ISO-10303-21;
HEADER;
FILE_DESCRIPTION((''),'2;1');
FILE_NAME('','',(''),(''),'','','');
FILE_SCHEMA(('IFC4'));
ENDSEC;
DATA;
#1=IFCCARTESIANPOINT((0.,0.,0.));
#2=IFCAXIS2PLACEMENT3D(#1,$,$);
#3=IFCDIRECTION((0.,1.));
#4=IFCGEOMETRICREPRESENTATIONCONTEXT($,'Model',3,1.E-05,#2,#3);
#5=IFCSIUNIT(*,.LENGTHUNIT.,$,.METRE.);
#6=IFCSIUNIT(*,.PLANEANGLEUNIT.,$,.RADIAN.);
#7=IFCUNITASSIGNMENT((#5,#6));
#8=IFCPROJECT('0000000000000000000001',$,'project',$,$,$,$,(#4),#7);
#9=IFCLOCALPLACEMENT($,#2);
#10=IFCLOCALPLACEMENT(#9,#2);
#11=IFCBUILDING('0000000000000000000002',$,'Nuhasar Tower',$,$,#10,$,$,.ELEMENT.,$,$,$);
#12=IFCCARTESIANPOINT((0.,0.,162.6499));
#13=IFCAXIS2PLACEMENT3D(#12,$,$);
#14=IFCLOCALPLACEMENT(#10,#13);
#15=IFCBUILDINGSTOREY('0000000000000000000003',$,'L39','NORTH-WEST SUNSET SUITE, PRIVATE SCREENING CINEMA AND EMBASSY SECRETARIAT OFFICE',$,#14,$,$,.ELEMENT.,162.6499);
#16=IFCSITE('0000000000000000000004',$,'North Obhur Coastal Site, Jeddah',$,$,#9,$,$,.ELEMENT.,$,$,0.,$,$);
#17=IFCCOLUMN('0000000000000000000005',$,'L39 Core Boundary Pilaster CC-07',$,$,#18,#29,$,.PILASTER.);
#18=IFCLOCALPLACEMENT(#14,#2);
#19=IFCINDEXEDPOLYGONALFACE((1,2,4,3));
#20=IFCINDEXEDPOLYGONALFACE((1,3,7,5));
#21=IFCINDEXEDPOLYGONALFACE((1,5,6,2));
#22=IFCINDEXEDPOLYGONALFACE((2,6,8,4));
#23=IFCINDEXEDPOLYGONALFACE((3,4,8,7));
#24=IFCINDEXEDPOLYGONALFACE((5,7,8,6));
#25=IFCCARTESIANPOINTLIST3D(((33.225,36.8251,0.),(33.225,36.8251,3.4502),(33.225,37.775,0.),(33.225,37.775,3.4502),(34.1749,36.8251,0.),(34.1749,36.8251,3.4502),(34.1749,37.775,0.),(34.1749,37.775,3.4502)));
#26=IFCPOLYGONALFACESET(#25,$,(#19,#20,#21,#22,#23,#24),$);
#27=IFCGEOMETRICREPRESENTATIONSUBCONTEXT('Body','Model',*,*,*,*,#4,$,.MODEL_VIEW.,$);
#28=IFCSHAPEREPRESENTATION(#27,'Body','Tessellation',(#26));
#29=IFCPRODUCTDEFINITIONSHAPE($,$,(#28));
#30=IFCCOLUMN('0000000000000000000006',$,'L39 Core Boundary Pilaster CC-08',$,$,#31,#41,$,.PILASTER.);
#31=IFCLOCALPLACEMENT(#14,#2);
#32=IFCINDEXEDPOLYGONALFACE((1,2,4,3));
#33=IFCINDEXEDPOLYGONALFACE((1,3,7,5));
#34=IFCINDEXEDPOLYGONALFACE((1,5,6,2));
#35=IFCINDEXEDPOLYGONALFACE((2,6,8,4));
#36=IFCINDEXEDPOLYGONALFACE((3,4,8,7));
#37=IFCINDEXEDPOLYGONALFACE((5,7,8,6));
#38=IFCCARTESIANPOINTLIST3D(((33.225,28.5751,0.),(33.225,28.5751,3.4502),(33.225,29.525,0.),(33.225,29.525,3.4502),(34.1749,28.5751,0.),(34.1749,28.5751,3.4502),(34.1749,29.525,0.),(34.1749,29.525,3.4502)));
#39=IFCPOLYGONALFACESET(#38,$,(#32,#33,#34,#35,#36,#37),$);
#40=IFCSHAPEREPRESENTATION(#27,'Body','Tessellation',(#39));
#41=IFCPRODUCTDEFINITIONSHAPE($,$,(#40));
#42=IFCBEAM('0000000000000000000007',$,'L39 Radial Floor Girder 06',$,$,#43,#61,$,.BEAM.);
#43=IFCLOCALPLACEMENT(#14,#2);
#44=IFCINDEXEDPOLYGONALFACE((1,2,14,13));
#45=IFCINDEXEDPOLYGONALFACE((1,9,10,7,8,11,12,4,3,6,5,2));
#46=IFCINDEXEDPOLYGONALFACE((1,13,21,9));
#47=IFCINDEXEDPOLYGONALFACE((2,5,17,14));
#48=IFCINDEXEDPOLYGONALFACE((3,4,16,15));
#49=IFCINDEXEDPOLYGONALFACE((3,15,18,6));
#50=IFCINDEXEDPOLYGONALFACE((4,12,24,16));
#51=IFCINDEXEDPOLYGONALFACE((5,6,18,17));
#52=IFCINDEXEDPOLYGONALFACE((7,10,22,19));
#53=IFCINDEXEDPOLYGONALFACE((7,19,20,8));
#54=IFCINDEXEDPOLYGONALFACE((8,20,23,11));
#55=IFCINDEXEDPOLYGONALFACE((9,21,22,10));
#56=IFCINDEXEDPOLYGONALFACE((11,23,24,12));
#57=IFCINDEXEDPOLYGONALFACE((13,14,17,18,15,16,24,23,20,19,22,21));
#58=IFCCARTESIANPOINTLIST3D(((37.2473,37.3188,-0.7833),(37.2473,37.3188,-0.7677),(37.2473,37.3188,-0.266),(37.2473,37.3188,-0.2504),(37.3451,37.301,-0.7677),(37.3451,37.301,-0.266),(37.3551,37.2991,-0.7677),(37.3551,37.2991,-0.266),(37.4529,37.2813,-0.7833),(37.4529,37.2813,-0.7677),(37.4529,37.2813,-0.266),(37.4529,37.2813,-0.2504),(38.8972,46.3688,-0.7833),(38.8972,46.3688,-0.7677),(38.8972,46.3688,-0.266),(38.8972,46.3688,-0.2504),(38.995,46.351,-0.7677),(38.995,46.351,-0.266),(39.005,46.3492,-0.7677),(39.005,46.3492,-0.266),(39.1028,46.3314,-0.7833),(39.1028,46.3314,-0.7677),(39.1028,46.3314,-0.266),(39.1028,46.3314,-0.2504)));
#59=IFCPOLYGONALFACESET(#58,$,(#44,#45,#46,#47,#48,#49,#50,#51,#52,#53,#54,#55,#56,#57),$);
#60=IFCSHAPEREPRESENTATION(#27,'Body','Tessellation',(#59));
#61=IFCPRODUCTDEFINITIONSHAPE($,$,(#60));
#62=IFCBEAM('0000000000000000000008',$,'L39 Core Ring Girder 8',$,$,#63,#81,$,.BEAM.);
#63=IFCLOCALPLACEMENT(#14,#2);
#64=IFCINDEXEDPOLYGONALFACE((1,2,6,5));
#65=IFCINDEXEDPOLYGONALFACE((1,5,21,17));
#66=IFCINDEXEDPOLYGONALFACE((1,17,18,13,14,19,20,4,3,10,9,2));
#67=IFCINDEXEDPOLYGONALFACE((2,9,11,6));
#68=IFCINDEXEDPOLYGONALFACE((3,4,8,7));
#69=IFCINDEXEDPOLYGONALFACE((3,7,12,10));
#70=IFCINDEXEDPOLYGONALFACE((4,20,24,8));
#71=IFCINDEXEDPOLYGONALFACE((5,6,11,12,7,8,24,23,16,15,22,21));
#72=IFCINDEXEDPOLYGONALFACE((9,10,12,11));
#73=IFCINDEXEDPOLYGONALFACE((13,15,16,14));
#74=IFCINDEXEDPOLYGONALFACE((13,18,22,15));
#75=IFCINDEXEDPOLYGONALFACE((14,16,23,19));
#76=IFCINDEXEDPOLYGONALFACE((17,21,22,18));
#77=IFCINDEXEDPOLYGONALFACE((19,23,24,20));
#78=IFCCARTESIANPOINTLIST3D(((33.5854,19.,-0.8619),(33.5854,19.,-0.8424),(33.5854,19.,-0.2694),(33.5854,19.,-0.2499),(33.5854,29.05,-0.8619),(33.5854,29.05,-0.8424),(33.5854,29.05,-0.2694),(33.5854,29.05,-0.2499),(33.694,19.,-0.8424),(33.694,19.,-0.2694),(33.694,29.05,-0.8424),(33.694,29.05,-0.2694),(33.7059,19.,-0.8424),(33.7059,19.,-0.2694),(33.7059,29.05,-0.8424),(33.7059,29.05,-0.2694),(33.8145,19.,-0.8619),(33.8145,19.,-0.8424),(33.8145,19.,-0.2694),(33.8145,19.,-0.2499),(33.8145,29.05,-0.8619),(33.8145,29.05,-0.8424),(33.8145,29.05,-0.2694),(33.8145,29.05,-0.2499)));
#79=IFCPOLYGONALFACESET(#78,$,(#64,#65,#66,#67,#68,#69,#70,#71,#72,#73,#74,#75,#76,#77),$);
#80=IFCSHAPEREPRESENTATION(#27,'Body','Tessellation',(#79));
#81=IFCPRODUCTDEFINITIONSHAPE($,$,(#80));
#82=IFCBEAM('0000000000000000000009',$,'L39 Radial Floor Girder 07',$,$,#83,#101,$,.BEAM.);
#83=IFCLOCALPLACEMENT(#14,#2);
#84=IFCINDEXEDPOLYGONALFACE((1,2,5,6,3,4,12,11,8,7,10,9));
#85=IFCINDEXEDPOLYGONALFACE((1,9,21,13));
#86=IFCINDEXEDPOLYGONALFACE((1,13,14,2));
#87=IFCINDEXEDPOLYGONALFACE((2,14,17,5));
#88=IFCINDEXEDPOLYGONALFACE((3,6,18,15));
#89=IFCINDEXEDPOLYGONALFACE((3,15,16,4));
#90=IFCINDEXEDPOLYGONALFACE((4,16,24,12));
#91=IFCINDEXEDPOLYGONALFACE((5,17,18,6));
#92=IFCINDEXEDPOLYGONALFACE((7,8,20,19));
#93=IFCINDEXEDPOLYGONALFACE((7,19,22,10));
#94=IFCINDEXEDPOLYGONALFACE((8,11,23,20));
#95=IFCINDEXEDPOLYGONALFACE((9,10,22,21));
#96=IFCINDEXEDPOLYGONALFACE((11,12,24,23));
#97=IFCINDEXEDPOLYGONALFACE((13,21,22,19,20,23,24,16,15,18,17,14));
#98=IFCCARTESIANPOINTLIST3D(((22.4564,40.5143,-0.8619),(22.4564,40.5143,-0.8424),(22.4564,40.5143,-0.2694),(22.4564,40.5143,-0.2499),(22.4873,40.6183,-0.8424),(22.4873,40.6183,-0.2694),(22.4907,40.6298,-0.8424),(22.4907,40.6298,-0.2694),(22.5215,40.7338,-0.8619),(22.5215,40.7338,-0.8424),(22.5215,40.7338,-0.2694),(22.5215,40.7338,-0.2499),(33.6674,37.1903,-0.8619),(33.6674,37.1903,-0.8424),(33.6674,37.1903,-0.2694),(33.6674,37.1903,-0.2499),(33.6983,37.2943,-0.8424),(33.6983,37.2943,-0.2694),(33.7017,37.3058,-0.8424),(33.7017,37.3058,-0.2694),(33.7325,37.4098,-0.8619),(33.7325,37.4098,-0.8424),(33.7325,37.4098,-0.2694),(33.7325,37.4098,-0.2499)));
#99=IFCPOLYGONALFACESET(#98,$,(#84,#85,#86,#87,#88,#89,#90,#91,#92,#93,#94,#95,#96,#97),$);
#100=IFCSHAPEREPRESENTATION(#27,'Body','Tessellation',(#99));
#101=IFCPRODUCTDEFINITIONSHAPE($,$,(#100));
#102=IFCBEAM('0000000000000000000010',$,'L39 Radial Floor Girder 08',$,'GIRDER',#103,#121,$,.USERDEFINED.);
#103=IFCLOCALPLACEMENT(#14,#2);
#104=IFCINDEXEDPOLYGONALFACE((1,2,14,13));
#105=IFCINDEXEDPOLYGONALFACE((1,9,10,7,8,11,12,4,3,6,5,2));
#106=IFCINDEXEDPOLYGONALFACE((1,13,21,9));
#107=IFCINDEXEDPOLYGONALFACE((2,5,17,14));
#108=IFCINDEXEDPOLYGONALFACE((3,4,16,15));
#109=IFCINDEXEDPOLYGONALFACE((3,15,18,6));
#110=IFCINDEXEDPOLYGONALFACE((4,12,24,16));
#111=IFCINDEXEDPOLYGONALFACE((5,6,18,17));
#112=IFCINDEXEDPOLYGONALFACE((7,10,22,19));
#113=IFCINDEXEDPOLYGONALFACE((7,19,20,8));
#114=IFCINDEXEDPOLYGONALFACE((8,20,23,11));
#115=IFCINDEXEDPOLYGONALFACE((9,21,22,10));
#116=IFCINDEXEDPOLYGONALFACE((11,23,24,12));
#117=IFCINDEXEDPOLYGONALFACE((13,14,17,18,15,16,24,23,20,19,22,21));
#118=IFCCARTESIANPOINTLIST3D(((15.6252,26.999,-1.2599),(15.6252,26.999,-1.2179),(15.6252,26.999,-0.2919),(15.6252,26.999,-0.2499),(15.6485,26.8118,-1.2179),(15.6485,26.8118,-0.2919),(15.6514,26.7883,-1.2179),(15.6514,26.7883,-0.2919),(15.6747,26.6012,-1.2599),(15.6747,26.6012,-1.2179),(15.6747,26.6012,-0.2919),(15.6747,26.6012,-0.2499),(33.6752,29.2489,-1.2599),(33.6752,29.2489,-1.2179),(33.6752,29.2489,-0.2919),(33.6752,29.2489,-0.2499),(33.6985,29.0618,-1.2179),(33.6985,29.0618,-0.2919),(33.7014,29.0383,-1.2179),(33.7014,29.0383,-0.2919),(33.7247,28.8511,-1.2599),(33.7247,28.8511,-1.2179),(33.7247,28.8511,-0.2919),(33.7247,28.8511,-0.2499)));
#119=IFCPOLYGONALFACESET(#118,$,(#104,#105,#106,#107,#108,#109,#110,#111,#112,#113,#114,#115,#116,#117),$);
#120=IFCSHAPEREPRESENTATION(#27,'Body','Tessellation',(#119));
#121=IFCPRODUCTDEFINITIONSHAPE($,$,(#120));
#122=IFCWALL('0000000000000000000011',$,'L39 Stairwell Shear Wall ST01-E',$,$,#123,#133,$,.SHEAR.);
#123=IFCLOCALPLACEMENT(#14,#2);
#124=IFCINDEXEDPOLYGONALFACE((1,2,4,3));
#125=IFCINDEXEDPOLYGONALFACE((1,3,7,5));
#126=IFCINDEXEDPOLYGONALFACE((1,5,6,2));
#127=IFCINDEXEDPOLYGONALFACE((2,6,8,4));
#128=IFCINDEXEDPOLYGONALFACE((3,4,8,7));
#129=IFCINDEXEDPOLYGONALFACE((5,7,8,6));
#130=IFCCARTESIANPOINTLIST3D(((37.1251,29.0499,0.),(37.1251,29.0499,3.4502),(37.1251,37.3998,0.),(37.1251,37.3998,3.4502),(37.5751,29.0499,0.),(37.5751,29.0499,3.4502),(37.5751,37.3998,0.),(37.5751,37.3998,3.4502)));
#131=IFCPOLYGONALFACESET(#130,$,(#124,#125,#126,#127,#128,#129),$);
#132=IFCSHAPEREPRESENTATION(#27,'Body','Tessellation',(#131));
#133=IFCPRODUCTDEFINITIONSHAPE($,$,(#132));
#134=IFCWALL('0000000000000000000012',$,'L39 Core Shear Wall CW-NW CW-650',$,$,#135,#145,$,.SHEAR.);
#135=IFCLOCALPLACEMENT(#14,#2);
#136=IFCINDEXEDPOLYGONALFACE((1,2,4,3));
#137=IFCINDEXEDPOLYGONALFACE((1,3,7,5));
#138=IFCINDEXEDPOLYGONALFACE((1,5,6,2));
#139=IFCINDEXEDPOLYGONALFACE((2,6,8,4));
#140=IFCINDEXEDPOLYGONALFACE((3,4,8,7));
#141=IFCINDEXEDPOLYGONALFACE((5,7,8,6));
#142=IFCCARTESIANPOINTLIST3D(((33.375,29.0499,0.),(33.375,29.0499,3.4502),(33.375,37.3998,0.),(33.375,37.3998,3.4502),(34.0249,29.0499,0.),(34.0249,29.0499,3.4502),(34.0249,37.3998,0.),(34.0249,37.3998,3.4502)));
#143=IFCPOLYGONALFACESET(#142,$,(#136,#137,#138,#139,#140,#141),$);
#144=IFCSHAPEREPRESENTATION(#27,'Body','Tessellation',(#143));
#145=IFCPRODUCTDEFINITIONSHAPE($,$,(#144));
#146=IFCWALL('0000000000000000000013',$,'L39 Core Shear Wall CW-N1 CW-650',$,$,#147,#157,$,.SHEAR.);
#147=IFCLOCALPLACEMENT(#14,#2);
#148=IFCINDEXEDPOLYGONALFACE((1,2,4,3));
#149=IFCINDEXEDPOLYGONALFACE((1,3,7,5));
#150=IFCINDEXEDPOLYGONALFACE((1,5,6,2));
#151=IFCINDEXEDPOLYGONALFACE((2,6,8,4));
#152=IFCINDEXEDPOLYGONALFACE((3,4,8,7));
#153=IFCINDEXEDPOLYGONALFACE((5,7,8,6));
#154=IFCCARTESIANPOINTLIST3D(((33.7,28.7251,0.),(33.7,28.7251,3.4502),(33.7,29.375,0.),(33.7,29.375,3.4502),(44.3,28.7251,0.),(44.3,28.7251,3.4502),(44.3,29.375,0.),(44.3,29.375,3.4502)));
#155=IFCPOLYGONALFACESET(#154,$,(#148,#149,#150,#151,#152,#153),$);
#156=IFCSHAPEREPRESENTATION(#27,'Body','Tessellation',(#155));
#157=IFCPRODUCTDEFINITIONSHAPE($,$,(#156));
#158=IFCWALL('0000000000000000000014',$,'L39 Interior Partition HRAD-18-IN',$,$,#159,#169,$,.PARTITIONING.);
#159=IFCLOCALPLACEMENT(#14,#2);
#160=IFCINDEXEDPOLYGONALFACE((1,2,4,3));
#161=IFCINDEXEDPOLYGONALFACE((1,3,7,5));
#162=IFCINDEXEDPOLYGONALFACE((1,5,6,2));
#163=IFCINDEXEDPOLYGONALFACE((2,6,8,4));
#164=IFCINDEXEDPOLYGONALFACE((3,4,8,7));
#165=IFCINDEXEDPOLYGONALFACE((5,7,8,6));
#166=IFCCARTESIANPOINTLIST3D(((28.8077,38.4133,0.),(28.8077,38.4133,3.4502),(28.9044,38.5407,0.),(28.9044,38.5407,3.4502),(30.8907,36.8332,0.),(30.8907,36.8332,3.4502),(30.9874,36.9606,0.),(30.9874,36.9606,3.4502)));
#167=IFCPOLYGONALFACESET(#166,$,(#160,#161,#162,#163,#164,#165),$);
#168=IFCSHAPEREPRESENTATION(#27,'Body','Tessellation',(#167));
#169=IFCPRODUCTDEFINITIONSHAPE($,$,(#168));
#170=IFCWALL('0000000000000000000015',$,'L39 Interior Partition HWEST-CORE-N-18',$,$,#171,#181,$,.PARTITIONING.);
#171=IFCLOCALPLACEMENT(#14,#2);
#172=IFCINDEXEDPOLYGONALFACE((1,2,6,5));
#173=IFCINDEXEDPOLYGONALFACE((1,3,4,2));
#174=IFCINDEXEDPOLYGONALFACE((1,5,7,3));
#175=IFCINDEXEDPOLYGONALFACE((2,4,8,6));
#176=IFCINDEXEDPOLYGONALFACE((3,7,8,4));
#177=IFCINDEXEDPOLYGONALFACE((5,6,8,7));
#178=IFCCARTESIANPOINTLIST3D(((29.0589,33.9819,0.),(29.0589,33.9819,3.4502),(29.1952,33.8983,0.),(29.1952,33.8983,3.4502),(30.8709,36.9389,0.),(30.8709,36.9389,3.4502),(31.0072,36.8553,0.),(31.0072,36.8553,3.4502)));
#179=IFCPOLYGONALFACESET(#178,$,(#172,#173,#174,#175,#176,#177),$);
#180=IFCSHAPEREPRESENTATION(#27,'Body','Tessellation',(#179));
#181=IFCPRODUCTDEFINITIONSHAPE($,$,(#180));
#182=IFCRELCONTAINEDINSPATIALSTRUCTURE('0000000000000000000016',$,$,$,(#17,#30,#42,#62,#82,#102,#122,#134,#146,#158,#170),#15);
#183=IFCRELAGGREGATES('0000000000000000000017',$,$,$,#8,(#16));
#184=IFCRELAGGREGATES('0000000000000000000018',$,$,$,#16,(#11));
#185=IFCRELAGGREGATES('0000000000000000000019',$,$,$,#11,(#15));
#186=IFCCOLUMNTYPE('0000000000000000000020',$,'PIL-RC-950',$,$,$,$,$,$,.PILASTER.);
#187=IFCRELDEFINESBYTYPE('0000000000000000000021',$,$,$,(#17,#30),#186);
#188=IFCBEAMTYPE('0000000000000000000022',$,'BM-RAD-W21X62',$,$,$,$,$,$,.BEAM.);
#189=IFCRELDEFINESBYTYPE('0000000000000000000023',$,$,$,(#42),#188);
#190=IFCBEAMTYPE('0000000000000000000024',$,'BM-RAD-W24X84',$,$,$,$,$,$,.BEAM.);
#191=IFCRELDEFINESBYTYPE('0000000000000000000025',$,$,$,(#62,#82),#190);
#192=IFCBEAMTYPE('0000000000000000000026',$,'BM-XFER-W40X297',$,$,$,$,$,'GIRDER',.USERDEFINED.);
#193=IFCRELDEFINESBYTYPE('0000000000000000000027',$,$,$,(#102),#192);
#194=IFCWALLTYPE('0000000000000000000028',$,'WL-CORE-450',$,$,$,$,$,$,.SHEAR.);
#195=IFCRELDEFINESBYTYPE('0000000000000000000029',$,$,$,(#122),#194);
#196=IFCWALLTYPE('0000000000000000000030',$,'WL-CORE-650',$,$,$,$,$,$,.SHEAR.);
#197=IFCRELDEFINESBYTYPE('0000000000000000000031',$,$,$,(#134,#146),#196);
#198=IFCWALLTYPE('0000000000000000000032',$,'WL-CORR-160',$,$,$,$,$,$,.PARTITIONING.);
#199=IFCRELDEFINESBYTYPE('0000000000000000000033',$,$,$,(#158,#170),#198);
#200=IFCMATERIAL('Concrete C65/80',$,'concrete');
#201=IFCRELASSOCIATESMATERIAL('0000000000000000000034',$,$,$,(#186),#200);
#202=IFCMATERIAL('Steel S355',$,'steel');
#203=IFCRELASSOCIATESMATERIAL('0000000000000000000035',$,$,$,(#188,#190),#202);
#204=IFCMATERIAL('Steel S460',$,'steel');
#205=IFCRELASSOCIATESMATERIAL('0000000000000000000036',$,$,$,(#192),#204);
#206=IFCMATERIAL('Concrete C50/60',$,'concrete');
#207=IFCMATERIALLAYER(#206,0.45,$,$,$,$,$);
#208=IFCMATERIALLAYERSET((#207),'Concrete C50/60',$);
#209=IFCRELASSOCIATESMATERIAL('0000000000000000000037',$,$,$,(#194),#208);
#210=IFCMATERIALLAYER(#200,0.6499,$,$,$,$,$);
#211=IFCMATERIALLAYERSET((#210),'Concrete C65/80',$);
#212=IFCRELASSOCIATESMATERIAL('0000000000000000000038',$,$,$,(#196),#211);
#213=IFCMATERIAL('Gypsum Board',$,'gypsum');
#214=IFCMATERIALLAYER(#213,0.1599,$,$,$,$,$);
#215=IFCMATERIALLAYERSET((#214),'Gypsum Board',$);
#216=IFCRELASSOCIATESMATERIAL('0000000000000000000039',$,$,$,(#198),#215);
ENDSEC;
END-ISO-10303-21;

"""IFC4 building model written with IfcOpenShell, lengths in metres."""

from ifc_helpers import new_model, si_unit, direction, frame, frame_2d, origin, origin_2d, place, context, subcontext, project, spatial, rectangle, i_section, extrude, material, layer, layer_set, material_profile, profile_set, type_object, element, save


model = new_model("IFC4")

# Units and contexts
model_context = context("Model", 3, precision=1e-05, world=origin(), true_north=direction((0.0, 1.0)))
body_context = subcontext(model_context, "Body", "Model", "MODEL_VIEW")
ifc_project = project(units=[si_unit("LENGTHUNIT", "METRE"), si_unit("PLANEANGLEUNIT", "RADIAN")], contexts=[model_context])

# Site, building, storey
site_placement = place(None, origin())
site = spatial("IfcSite", under=ifc_project, at=site_placement, Name="North Obhur Coastal Site, Jeddah", CompositionType="ELEMENT", RefElevation=0.0)
building_placement = place(site_placement, origin())
building = spatial("IfcBuilding", under=site, at=building_placement, Name="Nuhasar Tower", CompositionType="ELEMENT")
storey_placement = place(building_placement, frame((0.0, 0.0, 162.6499)))
storey = spatial("IfcBuildingStorey", under=building, at=storey_placement, Name="L39", Description="NORTH-WEST SUNSET SUITE, PRIVATE SCREENING CINEMA AND EMBASSY SECRETARIAT OFFICE", CompositionType="ELEMENT", Elevation=162.6499)

# Columns
ifc_material_1 = material(Name="Concrete C65/80", Category="concrete")
ifc_material_profile_1 = material_profile(ifc_material_1, rectangle(XDim=0.95, YDim=0.95, at=origin_2d()), Name="RC950X950")
ifc_profile_set_1 = profile_set([ifc_material_profile_1], Name="Concrete C65/80")
column_type = type_object("IfcColumnType", Name="PIL-RC-950", PredefinedType="PILASTER", material=ifc_profile_set_1)
for number, where, z_axis, x_axis, name in (
    (1, (33.7, 37.3, 0.0), (0.0, 0.0, 1.0), (1.0, 0.0, 0.0), "L39 Core Boundary Pilaster CC-07"),
    (2, (33.7, 29.05, 0.0), (0.0, 0.0, 1.0), (1.0, 0.0, 0.0), "L39 Core Boundary Pilaster CC-08"),
):
    element("IfcColumn", number, at=place(storey_placement, frame(where, z_axis=z_axis, x_axis=x_axis)), inside=storey, type_object=column_type, Name=name, PredefinedType="PILASTER", context=body_context, shape_type="SweptSolid", body=[
        extrude(rectangle(XDim=0.95, YDim=0.95, at=origin_2d()), origin(), (0.0, 0.0, 1.0), 3.4502),
    ])

# Beams
ifc_material_2 = material(Name="Steel S355", Category="steel")
ifc_material_profile_2 = material_profile(ifc_material_2, i_section(OverallWidth=0.209, OverallDepth=0.533, WebThickness=0.0103, FlangeThickness=0.0156, at=origin_2d()), Name="W21X62")
ifc_profile_set_2 = profile_set([ifc_material_profile_2], Name="Steel S355")
beam_type_1 = type_object("IfcBeamType", Name="BM-RAD-W21X62", PredefinedType="BEAM", material=ifc_profile_set_2)
beam_1_placement = place(storey_placement, frame((37.3501, 37.3, -0.5168), z_axis=(0.179353, 0.983785, 0.0), x_axis=(-0.983785, 0.179353, 0.0)))
element("IfcBeam", 3, at=beam_1_placement, inside=storey, type_object=beam_type_1, Name="L39 Radial Floor Girder 06", PredefinedType="BEAM", context=body_context, shape_type="SweptSolid", body=[
    extrude(i_section(OverallWidth=0.209, OverallDepth=0.533, WebThickness=0.0103, FlangeThickness=0.0156, at=origin_2d()), origin(), (0.0, 0.0, 1.0), 9.1992),
])
ifc_material_profile_3 = material_profile(ifc_material_2, i_section(OverallWidth=0.229, OverallDepth=0.6121, WebThickness=0.012, FlangeThickness=0.0195, at=origin_2d()), Name="W24X84")
ifc_profile_set_3 = profile_set([ifc_material_profile_3], Name="Steel S355")
beam_type_2 = type_object("IfcBeamType", Name="BM-RAD-W24X84", PredefinedType="BEAM", material=ifc_profile_set_3)
beam_2_placement = place(storey_placement, frame((33.7, 29.05, -0.5559), z_axis=(0.0, -1.0, 0.0), x_axis=(1.0, 0.0, 0.0)))
element("IfcBeam", 4, at=beam_2_placement, inside=storey, type_object=beam_type_2, Name="L39 Core Ring Girder 8", PredefinedType="BEAM", context=body_context, shape_type="SweptSolid", body=[
    extrude(i_section(OverallWidth=0.229, OverallDepth=0.6121, WebThickness=0.012, FlangeThickness=0.0195, at=origin_2d()), origin(), (0.0, 0.0, 1.0), 10.05),
])
beam_3_placement = place(storey_placement, frame((33.7, 37.3, -0.5559), z_axis=(-0.958746, 0.284262, 0.0), x_axis=(-0.284262, -0.958746, 0.0)))
element("IfcBeam", 5, at=beam_3_placement, inside=storey, type_object=beam_type_2, Name="L39 Radial Floor Girder 07", PredefinedType="BEAM", context=body_context, shape_type="SweptSolid", body=[
    extrude(i_section(OverallWidth=0.229, OverallDepth=0.6121, WebThickness=0.012, FlangeThickness=0.0195, at=origin_2d()), origin(), (0.0, 0.0, 1.0), 11.6934),
])
ifc_material_3 = material(Name="Steel S460", Category="steel")
ifc_material_profile_4 = material_profile(ifc_material_3, i_section(OverallWidth=0.4009, OverallDepth=1.01, WebThickness=0.0237, FlangeThickness=0.042, at=origin_2d()), Name="W40X297")
ifc_profile_set_4 = profile_set([ifc_material_profile_4], Name="Steel S460")
beam_type_3 = type_object("IfcBeamType", Name="BM-XFER-W40X297", ElementType="GIRDER", PredefinedType="USERDEFINED", material=ifc_profile_set_4)
beam_4_placement = place(storey_placement, frame((33.7, 29.05, -0.7549), z_axis=(-0.99232, -0.123696, 0.0), x_axis=(0.123696, -0.99232, 0.0)))
element("IfcBeam", 6, at=beam_4_placement, inside=storey, type_object=beam_type_3, Name="L39 Radial Floor Girder 08", ObjectType="GIRDER", PredefinedType="USERDEFINED", context=body_context, shape_type="SweptSolid", body=[
    extrude(i_section(OverallWidth=0.4009, OverallDepth=1.01, WebThickness=0.0237, FlangeThickness=0.042, at=origin_2d()), origin(), (0.0, 0.0, 1.0), 18.1897),
])

# Walls
ifc_material_4 = material(Name="Concrete C50/60", Category="concrete")
ifc_layer_1 = layer(ifc_material_4, 0.45)
ifc_layer_set_1 = layer_set([ifc_layer_1], Name="Concrete C50/60")
wall_type_1 = type_object("IfcWallType", Name="WL-CORE-450", PredefinedType="SHEAR", material=ifc_layer_set_1)
wall_1_placement = place(storey_placement, frame((37.3501, 29.05, 0.0), z_axis=(0.0, 0.0, 1.0), x_axis=(0.0, 1.0, 0.0)))
element("IfcWall", 7, at=wall_1_placement, inside=storey, type_object=wall_type_1, Name="L39 Stairwell Shear Wall ST01-E", PredefinedType="SHEAR", context=body_context, shape_type="SweptSolid", body=[
    extrude(rectangle(XDim=8.3499, YDim=0.45, at=frame_2d((4.1748, 0.0))), origin(), (0.0, 0.0, 1.0), 3.4502),
])
ifc_layer_2 = layer(ifc_material_1, 0.6499)
ifc_layer_set_2 = layer_set([ifc_layer_2], Name="Concrete C65/80")
wall_type_2 = type_object("IfcWallType", Name="WL-CORE-650", PredefinedType="SHEAR", material=ifc_layer_set_2)
wall_2_placement = place(storey_placement, frame((33.7, 29.05, 0.0), z_axis=(0.0, 0.0, 1.0), x_axis=(0.0, 1.0, 0.0)))
element("IfcWall", 8, at=wall_2_placement, inside=storey, type_object=wall_type_2, Name="L39 Core Shear Wall CW-NW CW-650", PredefinedType="SHEAR", context=body_context, shape_type="SweptSolid", body=[
    extrude(rectangle(XDim=8.3499, YDim=0.6499, at=frame_2d((4.1748, 0.0))), origin(), (0.0, 0.0, 1.0), 3.4502),
])
wall_3_placement = place(storey_placement, frame((33.7, 29.05, 0.0), z_axis=(0.0, 0.0, 1.0), x_axis=(1.0, 0.0, 0.0)))
element("IfcWall", 9, at=wall_3_placement, inside=storey, type_object=wall_type_2, Name="L39 Core Shear Wall CW-N1 CW-650", PredefinedType="SHEAR", context=body_context, shape_type="SweptSolid", body=[
    extrude(rectangle(XDim=10.6001, YDim=0.6499, at=frame_2d((5.3, 0.0))), origin(), (0.0, 0.0, 1.0), 3.4502),
])
ifc_material_5 = material(Name="Gypsum Board", Category="gypsum")
ifc_layer_3 = layer(ifc_material_5, 0.1599)
ifc_layer_set_3 = layer_set([ifc_layer_3], Name="Gypsum Board")
wall_type_3 = type_object("IfcWallType", Name="WL-CORR-160", PredefinedType="PARTITIONING", material=ifc_layer_set_3)
wall_4_placement = place(storey_placement, frame((30.939, 36.897, 0.0), z_axis=(0.0, 0.0, 1.0), x_axis=(-0.796716, 0.604354, 0.0)))
element("IfcWall", 10, at=wall_4_placement, inside=storey, type_object=wall_type_3, Name="L39 Interior Partition HRAD-18-IN", PredefinedType="PARTITIONING", context=body_context, shape_type="SweptSolid", body=[
    extrude(rectangle(XDim=2.6145, YDim=0.1599, at=frame_2d((1.3071, 0.0))), origin(), (0.0, 0.0, 1.0), 3.4502),
])
wall_5_placement = place(storey_placement, frame((30.939, 36.897, 0.0), z_axis=(0.0, 0.0, 1.0), x_axis=(-0.522486, -0.852648, 0.0)))
element("IfcWall", 11, at=wall_5_placement, inside=storey, type_object=wall_type_3, Name="L39 Interior Partition HWEST-CORE-N-18", PredefinedType="PARTITIONING", context=body_context, shape_type="SweptSolid", body=[
    extrude(rectangle(XDim=3.468, YDim=0.1599, at=frame_2d((1.7339, 0.0))), origin(), (0.0, 0.0, 1.0), 3.4502),
])

save(model, "model.ifc")
